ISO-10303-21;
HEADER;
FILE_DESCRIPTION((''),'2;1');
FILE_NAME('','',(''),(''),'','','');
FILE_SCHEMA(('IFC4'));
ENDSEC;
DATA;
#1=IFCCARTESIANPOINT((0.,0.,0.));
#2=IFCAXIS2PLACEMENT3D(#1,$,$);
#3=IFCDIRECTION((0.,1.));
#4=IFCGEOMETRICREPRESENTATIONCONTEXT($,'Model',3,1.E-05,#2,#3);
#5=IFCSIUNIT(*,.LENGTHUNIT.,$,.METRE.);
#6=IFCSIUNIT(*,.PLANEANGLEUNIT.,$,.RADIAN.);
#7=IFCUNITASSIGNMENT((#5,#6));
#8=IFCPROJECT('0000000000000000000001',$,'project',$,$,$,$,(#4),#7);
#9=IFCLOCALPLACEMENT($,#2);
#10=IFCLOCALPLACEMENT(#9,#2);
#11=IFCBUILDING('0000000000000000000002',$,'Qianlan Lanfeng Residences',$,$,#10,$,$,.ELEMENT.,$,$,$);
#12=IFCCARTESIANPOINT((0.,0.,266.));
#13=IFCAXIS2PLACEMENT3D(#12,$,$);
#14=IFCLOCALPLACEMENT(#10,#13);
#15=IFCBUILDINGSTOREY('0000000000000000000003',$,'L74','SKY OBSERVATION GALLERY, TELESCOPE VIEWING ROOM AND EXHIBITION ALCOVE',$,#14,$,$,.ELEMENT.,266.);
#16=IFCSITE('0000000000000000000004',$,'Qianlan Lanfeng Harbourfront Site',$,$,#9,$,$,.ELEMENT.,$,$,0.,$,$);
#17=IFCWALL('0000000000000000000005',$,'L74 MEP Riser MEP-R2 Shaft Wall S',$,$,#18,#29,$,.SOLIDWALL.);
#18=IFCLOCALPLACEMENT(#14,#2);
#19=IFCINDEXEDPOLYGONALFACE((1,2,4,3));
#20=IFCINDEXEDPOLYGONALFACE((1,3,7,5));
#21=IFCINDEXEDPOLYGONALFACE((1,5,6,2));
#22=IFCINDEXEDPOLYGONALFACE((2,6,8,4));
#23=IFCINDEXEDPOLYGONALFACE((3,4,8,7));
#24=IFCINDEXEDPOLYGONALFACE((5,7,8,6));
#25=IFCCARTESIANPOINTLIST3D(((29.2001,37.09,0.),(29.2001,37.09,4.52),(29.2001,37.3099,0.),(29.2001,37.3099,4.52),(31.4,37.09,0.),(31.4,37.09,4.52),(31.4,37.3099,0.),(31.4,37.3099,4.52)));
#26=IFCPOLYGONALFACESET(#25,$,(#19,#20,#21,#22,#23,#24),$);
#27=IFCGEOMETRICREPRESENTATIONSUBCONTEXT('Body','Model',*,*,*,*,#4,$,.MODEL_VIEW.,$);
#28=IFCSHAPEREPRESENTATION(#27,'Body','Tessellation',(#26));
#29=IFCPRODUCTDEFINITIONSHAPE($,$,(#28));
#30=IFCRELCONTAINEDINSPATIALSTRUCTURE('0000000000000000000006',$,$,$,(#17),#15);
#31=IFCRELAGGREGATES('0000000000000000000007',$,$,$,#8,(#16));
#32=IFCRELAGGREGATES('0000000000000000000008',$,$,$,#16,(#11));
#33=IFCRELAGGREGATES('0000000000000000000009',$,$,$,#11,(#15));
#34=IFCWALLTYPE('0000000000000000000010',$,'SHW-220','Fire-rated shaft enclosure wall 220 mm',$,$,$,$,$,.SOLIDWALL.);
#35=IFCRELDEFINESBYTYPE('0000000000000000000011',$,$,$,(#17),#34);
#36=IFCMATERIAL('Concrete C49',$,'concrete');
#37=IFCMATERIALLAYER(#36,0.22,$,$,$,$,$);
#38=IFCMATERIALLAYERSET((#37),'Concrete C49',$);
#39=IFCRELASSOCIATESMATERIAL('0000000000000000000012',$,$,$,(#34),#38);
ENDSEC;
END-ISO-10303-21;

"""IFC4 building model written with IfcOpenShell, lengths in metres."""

from ifc_helpers import new_model, si_unit, direction, frame, frame_2d, origin, place, context, subcontext, project, spatial, rectangle, extrude, material, layer, layer_set, type_object, element, save


model = new_model("IFC4")

# Units and contexts
model_context = context("Model", 3, precision=1e-05, world=origin(), true_north=direction((0.0, 1.0)))
body_context = subcontext(model_context, "Body", "Model", "MODEL_VIEW")
ifc_project = project(units=[si_unit("LENGTHUNIT", "METRE"), si_unit("PLANEANGLEUNIT", "RADIAN")], contexts=[model_context])

# Site, building, storey
site_placement = place(None, origin())
site = spatial("IfcSite", under=ifc_project, at=site_placement, Name="Qianlan Lanfeng Harbourfront Site", CompositionType="ELEMENT", RefElevation=0.0)
building_placement = place(site_placement, origin())
building = spatial("IfcBuilding", under=site, at=building_placement, Name="Qianlan Lanfeng Residences", CompositionType="ELEMENT")
storey_placement = place(building_placement, frame((0.0, 0.0, 266.0)))
storey = spatial("IfcBuildingStorey", under=building, at=storey_placement, Name="L74", Description="SKY OBSERVATION GALLERY, TELESCOPE VIEWING ROOM AND EXHIBITION ALCOVE", CompositionType="ELEMENT", Elevation=266.0)

# Shared definitions
ifc_material_1 = material(Name="Concrete C49", Category="concrete")

# Wall
ifc_layer_1 = layer(ifc_material_1, 0.22)
ifc_layer_set_1 = layer_set([ifc_layer_1], Name="Concrete C49")
wall_type_1 = type_object("IfcWallType", Name="SHW-220", Description="Fire-rated shaft enclosure wall 220 mm", PredefinedType="SOLIDWALL", material=ifc_layer_set_1)
for number, where, z_axis, x_axis, name in (
    (1, (29.2, 37.2, 0.0), (0.0, 0.0, 1.0), (1.0, 0.0, 0.0), "L74 MEP Riser MEP-R2 Shaft Wall S"),
):
    element("IfcWall", number, at=place(storey_placement, frame(where, z_axis=z_axis, x_axis=x_axis)), inside=storey, type_object=wall_type_1, Name=name, PredefinedType="SOLIDWALL", context=body_context, shape_type="SweptSolid", body=[
        extrude(rectangle(XDim=2.2, YDim=0.22, at=frame_2d((1.1001, 0.0))), origin(), (0.0, 0.0, 1.0), 4.52),
    ])

save(model, "model.ifc")
